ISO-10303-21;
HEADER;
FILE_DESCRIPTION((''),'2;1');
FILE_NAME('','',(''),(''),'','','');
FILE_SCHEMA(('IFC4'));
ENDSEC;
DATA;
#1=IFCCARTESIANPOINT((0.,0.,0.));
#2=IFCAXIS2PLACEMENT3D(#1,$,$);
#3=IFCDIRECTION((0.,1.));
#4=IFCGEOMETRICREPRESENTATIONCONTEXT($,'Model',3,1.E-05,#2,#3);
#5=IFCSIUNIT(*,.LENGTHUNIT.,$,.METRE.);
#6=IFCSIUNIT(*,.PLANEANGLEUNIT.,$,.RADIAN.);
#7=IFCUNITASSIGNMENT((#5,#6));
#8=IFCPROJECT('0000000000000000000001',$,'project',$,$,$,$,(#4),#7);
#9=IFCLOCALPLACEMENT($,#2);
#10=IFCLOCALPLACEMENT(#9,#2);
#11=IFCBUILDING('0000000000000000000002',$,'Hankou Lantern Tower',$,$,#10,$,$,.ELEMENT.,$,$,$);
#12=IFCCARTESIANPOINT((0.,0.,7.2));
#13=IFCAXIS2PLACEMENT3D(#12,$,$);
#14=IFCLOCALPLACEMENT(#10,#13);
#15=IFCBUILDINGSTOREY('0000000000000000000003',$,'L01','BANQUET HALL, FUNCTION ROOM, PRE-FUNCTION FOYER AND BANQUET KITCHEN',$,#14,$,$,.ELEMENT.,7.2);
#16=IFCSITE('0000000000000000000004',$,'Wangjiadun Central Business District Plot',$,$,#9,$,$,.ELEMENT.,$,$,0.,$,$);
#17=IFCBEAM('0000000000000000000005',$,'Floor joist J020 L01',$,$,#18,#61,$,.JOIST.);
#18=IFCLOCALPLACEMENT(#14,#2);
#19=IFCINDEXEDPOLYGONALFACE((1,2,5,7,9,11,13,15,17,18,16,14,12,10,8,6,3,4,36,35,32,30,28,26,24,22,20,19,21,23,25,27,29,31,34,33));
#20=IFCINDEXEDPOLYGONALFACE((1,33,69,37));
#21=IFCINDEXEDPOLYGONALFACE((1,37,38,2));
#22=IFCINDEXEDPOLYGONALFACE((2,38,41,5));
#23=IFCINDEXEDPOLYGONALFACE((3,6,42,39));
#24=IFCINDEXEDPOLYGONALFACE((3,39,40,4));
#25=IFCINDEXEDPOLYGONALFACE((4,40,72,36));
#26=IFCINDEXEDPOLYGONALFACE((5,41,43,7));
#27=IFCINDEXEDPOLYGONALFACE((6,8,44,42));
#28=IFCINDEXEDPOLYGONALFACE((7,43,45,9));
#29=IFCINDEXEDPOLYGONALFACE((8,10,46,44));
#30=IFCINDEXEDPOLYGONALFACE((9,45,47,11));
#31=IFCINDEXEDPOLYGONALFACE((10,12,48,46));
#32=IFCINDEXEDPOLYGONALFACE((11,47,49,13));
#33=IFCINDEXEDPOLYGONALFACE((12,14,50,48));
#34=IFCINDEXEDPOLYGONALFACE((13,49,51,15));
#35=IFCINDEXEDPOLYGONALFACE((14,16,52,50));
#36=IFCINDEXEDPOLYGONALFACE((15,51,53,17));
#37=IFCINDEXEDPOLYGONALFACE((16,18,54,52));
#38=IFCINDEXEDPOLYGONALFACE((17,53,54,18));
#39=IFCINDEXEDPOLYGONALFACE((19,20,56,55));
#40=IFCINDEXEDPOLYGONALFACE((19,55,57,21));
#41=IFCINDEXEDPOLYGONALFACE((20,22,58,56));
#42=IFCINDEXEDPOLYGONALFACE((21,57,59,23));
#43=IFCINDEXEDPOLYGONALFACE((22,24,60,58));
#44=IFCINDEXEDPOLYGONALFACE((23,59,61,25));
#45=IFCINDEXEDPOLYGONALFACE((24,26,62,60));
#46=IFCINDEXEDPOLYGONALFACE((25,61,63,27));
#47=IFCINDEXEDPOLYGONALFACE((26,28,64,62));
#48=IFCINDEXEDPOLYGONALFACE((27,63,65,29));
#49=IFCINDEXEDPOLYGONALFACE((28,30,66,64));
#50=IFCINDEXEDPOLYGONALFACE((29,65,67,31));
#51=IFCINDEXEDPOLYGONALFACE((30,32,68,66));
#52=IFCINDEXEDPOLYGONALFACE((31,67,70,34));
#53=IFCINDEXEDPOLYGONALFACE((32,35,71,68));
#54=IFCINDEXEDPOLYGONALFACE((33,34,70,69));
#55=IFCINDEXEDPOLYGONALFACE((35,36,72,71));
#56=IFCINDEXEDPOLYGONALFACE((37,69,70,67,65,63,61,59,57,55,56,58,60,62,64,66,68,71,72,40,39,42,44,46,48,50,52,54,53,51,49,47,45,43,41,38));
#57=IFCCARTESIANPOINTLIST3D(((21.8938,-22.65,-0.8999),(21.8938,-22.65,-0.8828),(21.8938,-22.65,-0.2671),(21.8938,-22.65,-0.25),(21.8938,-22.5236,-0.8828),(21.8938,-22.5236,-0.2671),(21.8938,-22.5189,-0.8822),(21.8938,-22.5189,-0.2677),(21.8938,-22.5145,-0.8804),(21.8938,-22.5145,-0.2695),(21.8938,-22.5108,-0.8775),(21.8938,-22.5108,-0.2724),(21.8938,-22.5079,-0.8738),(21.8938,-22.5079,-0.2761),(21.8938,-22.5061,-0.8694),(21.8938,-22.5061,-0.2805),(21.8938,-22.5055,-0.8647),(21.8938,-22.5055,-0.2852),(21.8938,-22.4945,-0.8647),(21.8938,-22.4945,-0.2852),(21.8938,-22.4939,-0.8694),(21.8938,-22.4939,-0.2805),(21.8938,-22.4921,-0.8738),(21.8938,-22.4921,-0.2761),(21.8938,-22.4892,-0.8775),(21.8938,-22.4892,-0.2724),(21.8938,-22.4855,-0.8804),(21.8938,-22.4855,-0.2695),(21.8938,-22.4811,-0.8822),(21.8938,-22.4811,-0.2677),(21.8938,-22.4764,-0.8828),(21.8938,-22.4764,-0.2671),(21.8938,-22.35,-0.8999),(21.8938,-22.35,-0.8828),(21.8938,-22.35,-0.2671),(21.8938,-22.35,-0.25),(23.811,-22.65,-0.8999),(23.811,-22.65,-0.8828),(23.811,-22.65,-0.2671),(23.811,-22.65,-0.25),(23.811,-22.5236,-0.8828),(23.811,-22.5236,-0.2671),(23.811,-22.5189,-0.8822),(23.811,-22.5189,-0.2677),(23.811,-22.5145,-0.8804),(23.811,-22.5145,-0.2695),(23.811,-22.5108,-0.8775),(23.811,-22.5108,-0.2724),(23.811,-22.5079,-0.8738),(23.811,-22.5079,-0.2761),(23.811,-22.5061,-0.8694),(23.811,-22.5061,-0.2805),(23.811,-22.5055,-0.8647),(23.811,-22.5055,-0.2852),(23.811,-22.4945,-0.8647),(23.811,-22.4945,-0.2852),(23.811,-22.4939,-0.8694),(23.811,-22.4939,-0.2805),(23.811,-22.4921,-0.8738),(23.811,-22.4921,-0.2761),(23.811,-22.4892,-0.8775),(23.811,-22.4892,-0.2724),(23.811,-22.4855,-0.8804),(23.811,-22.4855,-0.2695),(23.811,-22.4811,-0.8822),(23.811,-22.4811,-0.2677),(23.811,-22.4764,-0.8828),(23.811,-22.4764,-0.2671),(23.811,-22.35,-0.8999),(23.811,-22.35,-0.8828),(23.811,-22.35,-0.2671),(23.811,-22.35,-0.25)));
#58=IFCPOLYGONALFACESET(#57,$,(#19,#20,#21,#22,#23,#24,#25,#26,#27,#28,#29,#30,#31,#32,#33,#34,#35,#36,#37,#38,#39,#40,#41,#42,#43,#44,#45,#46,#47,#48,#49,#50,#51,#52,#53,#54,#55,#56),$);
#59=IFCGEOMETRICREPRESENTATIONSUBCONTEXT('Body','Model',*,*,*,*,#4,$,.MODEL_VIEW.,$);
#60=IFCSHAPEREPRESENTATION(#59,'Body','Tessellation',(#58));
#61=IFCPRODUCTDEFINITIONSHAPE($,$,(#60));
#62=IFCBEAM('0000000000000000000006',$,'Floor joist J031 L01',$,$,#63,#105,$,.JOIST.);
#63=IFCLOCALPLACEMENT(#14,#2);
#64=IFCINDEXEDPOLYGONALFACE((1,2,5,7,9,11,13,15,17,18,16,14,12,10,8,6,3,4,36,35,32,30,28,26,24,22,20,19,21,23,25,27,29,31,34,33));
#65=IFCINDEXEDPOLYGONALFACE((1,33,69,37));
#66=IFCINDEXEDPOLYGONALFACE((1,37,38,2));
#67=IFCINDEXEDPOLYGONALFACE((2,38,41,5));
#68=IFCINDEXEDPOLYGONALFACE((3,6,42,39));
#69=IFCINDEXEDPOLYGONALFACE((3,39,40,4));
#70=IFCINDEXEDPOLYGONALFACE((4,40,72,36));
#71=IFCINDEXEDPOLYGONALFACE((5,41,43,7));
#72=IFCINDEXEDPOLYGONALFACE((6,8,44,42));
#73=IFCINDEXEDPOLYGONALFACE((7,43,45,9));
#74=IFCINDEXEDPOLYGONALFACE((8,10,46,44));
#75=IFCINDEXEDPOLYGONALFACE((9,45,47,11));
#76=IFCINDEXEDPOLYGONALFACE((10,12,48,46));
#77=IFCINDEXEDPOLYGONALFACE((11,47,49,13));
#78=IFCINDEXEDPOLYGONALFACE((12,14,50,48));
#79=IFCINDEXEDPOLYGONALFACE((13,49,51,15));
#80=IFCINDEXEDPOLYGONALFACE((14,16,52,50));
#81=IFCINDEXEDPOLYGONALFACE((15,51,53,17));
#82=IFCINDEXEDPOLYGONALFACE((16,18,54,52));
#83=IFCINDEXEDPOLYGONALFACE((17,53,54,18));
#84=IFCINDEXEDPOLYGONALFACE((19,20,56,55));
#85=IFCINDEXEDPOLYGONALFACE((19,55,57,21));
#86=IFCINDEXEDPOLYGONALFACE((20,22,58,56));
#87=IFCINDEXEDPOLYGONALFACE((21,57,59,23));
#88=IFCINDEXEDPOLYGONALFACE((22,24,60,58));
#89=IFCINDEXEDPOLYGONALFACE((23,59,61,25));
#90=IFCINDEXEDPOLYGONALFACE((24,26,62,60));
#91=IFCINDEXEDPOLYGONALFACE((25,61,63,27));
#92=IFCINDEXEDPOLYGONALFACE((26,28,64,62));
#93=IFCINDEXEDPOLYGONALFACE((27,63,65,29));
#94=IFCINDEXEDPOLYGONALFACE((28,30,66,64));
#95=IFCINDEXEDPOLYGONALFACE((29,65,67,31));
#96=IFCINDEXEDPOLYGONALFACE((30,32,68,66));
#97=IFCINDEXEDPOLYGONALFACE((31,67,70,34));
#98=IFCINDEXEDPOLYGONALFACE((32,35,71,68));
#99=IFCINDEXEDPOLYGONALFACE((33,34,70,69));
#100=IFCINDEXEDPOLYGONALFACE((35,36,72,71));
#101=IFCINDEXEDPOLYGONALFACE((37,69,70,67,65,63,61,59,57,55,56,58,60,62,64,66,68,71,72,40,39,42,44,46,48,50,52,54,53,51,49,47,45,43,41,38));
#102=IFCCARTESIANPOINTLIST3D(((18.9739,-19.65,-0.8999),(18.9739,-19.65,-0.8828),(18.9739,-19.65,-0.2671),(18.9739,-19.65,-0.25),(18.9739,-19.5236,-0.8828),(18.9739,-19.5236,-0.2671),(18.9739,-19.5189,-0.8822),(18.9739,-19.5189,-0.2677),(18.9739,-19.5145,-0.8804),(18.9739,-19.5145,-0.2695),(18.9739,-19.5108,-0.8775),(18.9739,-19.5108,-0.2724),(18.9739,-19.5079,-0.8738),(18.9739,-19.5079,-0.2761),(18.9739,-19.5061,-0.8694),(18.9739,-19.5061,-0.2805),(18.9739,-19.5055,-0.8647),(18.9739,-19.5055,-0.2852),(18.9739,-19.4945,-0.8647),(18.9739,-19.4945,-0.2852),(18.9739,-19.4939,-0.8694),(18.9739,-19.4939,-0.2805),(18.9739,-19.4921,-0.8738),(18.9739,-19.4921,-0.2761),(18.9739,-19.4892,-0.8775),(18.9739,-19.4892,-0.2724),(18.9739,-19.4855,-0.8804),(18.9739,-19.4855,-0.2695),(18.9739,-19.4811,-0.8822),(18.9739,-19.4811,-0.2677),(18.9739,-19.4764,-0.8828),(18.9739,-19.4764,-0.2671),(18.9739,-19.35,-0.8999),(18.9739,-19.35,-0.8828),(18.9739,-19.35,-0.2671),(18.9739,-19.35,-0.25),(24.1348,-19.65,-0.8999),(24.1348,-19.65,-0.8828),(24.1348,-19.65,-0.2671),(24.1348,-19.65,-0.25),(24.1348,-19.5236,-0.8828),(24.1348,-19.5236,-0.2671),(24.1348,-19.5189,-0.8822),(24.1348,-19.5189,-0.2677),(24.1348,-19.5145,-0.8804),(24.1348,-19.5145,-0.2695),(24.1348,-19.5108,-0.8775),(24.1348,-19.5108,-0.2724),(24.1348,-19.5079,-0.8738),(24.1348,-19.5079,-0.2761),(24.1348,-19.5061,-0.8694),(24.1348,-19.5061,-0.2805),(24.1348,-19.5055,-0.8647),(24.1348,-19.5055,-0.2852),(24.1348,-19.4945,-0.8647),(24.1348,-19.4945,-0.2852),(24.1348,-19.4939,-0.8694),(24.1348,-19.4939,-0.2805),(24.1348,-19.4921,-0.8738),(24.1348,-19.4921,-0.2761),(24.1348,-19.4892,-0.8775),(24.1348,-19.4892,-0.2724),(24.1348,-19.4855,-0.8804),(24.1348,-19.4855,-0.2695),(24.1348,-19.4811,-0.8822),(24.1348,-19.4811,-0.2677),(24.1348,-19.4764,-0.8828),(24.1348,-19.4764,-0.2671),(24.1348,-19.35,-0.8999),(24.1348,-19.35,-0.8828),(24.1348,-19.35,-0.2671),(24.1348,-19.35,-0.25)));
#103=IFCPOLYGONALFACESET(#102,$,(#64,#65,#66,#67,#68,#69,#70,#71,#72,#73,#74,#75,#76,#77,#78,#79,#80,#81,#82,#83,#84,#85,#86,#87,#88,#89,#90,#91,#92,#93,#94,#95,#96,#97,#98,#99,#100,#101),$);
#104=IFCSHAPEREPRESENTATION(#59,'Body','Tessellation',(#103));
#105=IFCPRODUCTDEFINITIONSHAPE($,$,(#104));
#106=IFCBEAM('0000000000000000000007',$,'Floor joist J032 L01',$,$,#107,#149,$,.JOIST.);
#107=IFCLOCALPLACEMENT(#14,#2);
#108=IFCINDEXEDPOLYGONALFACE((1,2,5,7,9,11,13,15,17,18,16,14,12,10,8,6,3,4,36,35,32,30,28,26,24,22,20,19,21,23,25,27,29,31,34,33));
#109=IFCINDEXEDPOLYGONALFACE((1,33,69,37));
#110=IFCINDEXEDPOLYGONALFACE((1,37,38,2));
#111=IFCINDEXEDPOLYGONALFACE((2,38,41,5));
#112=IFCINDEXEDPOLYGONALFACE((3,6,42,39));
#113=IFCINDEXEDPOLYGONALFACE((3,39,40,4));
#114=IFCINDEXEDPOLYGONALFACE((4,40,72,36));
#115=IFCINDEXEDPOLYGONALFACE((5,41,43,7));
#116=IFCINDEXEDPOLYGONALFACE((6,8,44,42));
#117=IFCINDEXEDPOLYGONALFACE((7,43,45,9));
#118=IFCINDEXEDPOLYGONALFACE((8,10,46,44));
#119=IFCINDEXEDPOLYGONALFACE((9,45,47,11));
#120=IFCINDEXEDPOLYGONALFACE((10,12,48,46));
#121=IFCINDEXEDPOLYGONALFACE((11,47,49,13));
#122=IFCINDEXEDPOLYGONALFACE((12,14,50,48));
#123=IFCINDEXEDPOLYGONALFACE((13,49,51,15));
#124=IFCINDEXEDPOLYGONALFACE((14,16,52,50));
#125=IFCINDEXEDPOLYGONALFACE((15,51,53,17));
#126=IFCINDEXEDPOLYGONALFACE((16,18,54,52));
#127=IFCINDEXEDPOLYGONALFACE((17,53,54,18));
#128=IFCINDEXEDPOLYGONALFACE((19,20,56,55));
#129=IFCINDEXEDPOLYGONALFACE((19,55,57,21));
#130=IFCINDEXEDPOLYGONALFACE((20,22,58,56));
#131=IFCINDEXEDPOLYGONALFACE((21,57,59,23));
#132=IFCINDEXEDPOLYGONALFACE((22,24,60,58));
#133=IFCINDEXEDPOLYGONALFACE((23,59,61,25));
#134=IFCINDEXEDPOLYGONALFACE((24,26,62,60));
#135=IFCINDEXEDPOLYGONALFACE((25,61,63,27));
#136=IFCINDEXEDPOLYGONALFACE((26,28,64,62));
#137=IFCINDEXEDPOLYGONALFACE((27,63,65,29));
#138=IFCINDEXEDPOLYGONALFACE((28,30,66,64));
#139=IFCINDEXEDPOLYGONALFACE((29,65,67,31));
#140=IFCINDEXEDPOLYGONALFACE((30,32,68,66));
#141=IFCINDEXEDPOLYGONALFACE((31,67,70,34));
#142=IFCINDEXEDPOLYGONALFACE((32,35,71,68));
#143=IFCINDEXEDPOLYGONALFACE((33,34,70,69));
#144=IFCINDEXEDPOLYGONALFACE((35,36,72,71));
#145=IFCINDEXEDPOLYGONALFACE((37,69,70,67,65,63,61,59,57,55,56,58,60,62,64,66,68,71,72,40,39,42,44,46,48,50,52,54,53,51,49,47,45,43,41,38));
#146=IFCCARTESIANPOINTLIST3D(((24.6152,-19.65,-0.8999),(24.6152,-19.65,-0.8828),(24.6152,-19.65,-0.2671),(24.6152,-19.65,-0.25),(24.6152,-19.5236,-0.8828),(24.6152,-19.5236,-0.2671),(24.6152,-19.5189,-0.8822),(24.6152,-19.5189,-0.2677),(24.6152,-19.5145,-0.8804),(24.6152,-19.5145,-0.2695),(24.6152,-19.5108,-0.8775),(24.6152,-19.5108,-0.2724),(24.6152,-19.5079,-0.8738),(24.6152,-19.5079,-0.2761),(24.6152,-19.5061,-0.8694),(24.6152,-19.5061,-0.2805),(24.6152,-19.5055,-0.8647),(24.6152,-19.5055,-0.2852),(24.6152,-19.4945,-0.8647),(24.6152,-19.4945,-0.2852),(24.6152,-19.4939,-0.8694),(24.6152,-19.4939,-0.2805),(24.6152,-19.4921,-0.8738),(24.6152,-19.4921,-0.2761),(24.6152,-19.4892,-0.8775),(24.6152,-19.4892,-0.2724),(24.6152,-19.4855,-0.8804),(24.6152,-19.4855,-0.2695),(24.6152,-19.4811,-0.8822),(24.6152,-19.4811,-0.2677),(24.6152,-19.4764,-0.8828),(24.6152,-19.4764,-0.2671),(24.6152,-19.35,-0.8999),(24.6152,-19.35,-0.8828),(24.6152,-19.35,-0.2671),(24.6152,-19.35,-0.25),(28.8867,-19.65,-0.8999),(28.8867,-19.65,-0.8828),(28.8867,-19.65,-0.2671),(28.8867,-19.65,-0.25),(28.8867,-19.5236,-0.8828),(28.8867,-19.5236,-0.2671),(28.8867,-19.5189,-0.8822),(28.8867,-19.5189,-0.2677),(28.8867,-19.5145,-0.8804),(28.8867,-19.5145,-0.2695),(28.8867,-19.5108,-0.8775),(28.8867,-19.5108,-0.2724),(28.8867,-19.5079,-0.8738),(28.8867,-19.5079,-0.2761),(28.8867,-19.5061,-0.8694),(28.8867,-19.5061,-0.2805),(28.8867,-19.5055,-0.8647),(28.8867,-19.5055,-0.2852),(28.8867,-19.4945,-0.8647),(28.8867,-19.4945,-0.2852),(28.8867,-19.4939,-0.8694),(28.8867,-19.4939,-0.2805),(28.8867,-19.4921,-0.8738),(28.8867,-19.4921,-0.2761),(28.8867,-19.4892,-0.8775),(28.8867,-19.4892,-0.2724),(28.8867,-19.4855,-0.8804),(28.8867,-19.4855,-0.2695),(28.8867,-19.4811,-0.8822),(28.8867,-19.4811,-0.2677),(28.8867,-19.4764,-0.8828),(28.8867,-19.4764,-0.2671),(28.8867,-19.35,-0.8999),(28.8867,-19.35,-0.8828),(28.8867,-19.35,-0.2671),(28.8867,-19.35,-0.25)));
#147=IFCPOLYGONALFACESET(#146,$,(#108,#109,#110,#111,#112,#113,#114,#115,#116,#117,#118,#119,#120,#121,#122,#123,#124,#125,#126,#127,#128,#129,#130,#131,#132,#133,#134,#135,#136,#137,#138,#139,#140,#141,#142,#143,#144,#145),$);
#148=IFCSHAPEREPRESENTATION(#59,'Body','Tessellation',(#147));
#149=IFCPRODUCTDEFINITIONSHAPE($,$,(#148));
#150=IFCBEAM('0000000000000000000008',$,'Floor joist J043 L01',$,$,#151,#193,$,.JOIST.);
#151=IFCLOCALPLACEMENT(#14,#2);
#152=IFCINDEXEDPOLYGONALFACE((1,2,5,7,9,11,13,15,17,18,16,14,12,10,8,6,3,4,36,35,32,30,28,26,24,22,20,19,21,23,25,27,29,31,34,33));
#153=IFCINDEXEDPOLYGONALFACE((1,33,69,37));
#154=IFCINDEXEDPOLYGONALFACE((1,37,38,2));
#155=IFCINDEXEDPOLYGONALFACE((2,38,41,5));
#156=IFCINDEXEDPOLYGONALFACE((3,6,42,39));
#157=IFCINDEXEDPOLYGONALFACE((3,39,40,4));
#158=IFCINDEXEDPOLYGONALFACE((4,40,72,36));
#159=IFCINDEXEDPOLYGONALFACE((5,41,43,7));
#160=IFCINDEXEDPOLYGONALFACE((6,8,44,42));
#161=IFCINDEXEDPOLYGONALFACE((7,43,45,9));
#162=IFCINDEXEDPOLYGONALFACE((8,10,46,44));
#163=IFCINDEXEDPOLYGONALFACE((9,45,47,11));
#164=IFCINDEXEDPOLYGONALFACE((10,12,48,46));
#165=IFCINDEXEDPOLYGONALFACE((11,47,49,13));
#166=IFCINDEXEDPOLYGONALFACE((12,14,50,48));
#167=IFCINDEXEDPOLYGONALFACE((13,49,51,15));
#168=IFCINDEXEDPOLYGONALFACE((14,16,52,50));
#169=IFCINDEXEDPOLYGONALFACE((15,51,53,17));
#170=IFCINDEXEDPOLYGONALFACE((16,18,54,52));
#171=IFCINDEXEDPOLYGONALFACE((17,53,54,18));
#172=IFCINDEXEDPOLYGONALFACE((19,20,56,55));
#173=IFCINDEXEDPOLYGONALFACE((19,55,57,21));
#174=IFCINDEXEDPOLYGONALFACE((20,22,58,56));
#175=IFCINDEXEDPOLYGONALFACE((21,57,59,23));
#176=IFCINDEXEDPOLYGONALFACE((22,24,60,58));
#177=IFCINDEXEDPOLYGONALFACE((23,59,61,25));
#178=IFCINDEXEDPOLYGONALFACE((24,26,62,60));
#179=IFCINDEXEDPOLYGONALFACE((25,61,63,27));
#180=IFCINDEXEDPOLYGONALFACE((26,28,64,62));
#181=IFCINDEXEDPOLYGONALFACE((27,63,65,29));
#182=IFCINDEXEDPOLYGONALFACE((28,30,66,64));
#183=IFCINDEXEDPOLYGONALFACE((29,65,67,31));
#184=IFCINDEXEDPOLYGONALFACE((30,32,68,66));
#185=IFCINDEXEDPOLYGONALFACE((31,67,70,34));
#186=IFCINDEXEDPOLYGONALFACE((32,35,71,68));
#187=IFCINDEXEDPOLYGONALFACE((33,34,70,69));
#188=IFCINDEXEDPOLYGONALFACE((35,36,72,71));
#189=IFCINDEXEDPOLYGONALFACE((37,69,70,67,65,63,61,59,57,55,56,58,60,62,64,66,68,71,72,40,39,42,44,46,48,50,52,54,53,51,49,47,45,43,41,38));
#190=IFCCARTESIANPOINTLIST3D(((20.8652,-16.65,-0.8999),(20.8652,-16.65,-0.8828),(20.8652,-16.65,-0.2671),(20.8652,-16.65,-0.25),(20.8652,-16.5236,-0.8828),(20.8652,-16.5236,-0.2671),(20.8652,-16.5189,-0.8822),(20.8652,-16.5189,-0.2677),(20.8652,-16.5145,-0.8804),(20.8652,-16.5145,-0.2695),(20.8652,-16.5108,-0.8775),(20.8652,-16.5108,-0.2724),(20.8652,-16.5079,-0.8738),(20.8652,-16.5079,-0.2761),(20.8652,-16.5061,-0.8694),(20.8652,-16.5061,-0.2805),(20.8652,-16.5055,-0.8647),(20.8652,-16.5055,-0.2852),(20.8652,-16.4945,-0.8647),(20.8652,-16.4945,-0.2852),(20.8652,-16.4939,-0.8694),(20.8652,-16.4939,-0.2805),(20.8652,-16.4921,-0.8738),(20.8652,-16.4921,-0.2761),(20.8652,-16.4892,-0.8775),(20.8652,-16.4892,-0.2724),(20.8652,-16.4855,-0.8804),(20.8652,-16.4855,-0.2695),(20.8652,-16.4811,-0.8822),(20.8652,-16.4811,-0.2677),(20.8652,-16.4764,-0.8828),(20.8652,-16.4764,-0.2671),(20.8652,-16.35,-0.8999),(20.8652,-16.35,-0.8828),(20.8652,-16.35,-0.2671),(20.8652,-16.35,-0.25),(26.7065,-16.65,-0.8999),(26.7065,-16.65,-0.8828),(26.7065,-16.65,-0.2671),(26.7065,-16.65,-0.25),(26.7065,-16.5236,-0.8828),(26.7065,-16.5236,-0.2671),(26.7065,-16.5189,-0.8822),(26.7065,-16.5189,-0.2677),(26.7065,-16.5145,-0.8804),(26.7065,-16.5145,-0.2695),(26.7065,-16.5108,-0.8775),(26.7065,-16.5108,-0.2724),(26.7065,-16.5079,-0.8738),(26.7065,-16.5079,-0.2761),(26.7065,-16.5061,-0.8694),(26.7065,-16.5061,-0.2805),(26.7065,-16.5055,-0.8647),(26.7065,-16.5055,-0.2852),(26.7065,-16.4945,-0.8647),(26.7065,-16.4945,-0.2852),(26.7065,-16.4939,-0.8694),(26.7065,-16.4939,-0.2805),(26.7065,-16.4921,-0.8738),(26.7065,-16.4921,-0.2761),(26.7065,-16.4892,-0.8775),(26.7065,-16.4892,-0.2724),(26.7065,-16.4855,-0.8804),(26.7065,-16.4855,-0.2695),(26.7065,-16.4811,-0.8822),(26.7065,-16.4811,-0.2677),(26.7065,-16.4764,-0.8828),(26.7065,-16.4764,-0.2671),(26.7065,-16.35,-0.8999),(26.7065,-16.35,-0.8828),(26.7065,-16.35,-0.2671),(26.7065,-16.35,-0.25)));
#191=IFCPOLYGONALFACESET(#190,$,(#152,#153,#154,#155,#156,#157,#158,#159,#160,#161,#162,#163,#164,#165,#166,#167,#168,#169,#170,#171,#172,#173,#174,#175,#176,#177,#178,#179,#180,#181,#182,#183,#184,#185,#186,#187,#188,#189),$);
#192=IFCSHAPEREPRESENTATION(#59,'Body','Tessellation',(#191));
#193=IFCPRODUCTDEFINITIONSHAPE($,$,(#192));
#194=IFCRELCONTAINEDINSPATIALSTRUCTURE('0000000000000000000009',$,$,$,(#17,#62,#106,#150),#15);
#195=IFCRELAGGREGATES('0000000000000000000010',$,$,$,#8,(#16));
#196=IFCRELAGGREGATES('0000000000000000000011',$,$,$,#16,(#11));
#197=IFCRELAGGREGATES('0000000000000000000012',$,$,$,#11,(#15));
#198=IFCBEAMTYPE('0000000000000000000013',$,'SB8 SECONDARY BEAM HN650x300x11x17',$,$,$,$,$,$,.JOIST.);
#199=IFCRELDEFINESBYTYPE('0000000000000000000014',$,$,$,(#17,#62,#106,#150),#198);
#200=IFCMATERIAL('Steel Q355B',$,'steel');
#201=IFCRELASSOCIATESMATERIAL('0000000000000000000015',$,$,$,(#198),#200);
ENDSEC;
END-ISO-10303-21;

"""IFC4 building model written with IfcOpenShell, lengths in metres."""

from ifc_helpers import new_model, si_unit, direction, frame, origin, origin_2d, place, context, subcontext, project, spatial, i_section, extrude, material, material_profile, profile_set, type_object, element, save


model = new_model("IFC4")

# Units and contexts
model_context = context("Model", 3, precision=1e-05, world=origin(), true_north=direction((0.0, 1.0)))
body_context = subcontext(model_context, "Body", "Model", "MODEL_VIEW")
ifc_project = project(units=[si_unit("LENGTHUNIT", "METRE"), si_unit("PLANEANGLEUNIT", "RADIAN")], contexts=[model_context])

# Site, building, storey
site_placement = place(None, origin())
site = spatial("IfcSite", under=ifc_project, at=site_placement, Name="Wangjiadun Central Business District Plot", CompositionType="ELEMENT", RefElevation=0.0)
building_placement = place(site_placement, origin())
building = spatial("IfcBuilding", under=site, at=building_placement, Name="Hankou Lantern Tower", CompositionType="ELEMENT")
storey_placement = place(building_placement, frame((0.0, 0.0, 7.2)))
storey = spatial("IfcBuildingStorey", under=building, at=storey_placement, Name="L01", Description="BANQUET HALL, FUNCTION ROOM, PRE-FUNCTION FOYER AND BANQUET KITCHEN", CompositionType="ELEMENT", Elevation=7.2)

# Beams
ifc_material_1 = material(Name="Steel Q355B", Category="steel")
ifc_material_profile_1 = material_profile(ifc_material_1, i_section(OverallWidth=0.3, OverallDepth=0.6499, WebThickness=0.011, FlangeThickness=0.0171, FilletRadius=0.0181, at=origin_2d()), Name="HN650x300x11x17")
ifc_profile_set_1 = profile_set([ifc_material_profile_1], Name="Steel Q355B")
beam_type_1 = type_object("IfcBeamType", Name="SB8 SECONDARY BEAM HN650x300x11x17", PredefinedType="JOIST", material=ifc_profile_set_1)
beam_1_placement = place(storey_placement, frame((21.8938, -22.5, -0.575), z_axis=(1.0, 0.0, 0.0), x_axis=(0.0, 1.0, 0.0)))
element("IfcBeam", 1, at=beam_1_placement, inside=storey, type_object=beam_type_1, Name="Floor joist J020 L01", PredefinedType="JOIST", context=body_context, shape_type="SweptSolid", body=[
    extrude(i_section(OverallWidth=0.3, OverallDepth=0.6499, WebThickness=0.011, FlangeThickness=0.0171, FilletRadius=0.0181, at=origin_2d()), origin(), (0.0, 0.0, 1.0), 1.9172),
])
beam_2_placement = place(storey_placement, frame((18.9739, -19.5, -0.575), z_axis=(1.0, 0.0, 0.0), x_axis=(0.0, 1.0, 0.0)))
element("IfcBeam", 2, at=beam_2_placement, inside=storey, type_object=beam_type_1, Name="Floor joist J031 L01", PredefinedType="JOIST", context=body_context, shape_type="SweptSolid", body=[
    extrude(i_section(OverallWidth=0.3, OverallDepth=0.6499, WebThickness=0.011, FlangeThickness=0.0171, FilletRadius=0.0181, at=origin_2d()), origin(), (0.0, 0.0, 1.0), 5.1609),
])
beam_3_placement = place(storey_placement, frame((24.6152, -19.5, -0.575), z_axis=(1.0, 0.0, 0.0), x_axis=(0.0, 1.0, 0.0)))
element("IfcBeam", 3, at=beam_3_placement, inside=storey, type_object=beam_type_1, Name="Floor joist J032 L01", PredefinedType="JOIST", context=body_context, shape_type="SweptSolid", body=[
    extrude(i_section(OverallWidth=0.3, OverallDepth=0.6499, WebThickness=0.011, FlangeThickness=0.0171, FilletRadius=0.0181, at=origin_2d()), origin(), (0.0, 0.0, 1.0), 4.2715),
])
beam_4_placement = place(storey_placement, frame((20.8652, -16.5, -0.575), z_axis=(1.0, 0.0, 0.0), x_axis=(0.0, 1.0, 0.0)))
element("IfcBeam", 4, at=beam_4_placement, inside=storey, type_object=beam_type_1, Name="Floor joist J043 L01", PredefinedType="JOIST", context=body_context, shape_type="SweptSolid", body=[
    extrude(i_section(OverallWidth=0.3, OverallDepth=0.6499, WebThickness=0.011, FlangeThickness=0.0171, FilletRadius=0.0181, at=origin_2d()), origin(), (0.0, 0.0, 1.0), 5.8413),
])

save(model, "model.ifc")
